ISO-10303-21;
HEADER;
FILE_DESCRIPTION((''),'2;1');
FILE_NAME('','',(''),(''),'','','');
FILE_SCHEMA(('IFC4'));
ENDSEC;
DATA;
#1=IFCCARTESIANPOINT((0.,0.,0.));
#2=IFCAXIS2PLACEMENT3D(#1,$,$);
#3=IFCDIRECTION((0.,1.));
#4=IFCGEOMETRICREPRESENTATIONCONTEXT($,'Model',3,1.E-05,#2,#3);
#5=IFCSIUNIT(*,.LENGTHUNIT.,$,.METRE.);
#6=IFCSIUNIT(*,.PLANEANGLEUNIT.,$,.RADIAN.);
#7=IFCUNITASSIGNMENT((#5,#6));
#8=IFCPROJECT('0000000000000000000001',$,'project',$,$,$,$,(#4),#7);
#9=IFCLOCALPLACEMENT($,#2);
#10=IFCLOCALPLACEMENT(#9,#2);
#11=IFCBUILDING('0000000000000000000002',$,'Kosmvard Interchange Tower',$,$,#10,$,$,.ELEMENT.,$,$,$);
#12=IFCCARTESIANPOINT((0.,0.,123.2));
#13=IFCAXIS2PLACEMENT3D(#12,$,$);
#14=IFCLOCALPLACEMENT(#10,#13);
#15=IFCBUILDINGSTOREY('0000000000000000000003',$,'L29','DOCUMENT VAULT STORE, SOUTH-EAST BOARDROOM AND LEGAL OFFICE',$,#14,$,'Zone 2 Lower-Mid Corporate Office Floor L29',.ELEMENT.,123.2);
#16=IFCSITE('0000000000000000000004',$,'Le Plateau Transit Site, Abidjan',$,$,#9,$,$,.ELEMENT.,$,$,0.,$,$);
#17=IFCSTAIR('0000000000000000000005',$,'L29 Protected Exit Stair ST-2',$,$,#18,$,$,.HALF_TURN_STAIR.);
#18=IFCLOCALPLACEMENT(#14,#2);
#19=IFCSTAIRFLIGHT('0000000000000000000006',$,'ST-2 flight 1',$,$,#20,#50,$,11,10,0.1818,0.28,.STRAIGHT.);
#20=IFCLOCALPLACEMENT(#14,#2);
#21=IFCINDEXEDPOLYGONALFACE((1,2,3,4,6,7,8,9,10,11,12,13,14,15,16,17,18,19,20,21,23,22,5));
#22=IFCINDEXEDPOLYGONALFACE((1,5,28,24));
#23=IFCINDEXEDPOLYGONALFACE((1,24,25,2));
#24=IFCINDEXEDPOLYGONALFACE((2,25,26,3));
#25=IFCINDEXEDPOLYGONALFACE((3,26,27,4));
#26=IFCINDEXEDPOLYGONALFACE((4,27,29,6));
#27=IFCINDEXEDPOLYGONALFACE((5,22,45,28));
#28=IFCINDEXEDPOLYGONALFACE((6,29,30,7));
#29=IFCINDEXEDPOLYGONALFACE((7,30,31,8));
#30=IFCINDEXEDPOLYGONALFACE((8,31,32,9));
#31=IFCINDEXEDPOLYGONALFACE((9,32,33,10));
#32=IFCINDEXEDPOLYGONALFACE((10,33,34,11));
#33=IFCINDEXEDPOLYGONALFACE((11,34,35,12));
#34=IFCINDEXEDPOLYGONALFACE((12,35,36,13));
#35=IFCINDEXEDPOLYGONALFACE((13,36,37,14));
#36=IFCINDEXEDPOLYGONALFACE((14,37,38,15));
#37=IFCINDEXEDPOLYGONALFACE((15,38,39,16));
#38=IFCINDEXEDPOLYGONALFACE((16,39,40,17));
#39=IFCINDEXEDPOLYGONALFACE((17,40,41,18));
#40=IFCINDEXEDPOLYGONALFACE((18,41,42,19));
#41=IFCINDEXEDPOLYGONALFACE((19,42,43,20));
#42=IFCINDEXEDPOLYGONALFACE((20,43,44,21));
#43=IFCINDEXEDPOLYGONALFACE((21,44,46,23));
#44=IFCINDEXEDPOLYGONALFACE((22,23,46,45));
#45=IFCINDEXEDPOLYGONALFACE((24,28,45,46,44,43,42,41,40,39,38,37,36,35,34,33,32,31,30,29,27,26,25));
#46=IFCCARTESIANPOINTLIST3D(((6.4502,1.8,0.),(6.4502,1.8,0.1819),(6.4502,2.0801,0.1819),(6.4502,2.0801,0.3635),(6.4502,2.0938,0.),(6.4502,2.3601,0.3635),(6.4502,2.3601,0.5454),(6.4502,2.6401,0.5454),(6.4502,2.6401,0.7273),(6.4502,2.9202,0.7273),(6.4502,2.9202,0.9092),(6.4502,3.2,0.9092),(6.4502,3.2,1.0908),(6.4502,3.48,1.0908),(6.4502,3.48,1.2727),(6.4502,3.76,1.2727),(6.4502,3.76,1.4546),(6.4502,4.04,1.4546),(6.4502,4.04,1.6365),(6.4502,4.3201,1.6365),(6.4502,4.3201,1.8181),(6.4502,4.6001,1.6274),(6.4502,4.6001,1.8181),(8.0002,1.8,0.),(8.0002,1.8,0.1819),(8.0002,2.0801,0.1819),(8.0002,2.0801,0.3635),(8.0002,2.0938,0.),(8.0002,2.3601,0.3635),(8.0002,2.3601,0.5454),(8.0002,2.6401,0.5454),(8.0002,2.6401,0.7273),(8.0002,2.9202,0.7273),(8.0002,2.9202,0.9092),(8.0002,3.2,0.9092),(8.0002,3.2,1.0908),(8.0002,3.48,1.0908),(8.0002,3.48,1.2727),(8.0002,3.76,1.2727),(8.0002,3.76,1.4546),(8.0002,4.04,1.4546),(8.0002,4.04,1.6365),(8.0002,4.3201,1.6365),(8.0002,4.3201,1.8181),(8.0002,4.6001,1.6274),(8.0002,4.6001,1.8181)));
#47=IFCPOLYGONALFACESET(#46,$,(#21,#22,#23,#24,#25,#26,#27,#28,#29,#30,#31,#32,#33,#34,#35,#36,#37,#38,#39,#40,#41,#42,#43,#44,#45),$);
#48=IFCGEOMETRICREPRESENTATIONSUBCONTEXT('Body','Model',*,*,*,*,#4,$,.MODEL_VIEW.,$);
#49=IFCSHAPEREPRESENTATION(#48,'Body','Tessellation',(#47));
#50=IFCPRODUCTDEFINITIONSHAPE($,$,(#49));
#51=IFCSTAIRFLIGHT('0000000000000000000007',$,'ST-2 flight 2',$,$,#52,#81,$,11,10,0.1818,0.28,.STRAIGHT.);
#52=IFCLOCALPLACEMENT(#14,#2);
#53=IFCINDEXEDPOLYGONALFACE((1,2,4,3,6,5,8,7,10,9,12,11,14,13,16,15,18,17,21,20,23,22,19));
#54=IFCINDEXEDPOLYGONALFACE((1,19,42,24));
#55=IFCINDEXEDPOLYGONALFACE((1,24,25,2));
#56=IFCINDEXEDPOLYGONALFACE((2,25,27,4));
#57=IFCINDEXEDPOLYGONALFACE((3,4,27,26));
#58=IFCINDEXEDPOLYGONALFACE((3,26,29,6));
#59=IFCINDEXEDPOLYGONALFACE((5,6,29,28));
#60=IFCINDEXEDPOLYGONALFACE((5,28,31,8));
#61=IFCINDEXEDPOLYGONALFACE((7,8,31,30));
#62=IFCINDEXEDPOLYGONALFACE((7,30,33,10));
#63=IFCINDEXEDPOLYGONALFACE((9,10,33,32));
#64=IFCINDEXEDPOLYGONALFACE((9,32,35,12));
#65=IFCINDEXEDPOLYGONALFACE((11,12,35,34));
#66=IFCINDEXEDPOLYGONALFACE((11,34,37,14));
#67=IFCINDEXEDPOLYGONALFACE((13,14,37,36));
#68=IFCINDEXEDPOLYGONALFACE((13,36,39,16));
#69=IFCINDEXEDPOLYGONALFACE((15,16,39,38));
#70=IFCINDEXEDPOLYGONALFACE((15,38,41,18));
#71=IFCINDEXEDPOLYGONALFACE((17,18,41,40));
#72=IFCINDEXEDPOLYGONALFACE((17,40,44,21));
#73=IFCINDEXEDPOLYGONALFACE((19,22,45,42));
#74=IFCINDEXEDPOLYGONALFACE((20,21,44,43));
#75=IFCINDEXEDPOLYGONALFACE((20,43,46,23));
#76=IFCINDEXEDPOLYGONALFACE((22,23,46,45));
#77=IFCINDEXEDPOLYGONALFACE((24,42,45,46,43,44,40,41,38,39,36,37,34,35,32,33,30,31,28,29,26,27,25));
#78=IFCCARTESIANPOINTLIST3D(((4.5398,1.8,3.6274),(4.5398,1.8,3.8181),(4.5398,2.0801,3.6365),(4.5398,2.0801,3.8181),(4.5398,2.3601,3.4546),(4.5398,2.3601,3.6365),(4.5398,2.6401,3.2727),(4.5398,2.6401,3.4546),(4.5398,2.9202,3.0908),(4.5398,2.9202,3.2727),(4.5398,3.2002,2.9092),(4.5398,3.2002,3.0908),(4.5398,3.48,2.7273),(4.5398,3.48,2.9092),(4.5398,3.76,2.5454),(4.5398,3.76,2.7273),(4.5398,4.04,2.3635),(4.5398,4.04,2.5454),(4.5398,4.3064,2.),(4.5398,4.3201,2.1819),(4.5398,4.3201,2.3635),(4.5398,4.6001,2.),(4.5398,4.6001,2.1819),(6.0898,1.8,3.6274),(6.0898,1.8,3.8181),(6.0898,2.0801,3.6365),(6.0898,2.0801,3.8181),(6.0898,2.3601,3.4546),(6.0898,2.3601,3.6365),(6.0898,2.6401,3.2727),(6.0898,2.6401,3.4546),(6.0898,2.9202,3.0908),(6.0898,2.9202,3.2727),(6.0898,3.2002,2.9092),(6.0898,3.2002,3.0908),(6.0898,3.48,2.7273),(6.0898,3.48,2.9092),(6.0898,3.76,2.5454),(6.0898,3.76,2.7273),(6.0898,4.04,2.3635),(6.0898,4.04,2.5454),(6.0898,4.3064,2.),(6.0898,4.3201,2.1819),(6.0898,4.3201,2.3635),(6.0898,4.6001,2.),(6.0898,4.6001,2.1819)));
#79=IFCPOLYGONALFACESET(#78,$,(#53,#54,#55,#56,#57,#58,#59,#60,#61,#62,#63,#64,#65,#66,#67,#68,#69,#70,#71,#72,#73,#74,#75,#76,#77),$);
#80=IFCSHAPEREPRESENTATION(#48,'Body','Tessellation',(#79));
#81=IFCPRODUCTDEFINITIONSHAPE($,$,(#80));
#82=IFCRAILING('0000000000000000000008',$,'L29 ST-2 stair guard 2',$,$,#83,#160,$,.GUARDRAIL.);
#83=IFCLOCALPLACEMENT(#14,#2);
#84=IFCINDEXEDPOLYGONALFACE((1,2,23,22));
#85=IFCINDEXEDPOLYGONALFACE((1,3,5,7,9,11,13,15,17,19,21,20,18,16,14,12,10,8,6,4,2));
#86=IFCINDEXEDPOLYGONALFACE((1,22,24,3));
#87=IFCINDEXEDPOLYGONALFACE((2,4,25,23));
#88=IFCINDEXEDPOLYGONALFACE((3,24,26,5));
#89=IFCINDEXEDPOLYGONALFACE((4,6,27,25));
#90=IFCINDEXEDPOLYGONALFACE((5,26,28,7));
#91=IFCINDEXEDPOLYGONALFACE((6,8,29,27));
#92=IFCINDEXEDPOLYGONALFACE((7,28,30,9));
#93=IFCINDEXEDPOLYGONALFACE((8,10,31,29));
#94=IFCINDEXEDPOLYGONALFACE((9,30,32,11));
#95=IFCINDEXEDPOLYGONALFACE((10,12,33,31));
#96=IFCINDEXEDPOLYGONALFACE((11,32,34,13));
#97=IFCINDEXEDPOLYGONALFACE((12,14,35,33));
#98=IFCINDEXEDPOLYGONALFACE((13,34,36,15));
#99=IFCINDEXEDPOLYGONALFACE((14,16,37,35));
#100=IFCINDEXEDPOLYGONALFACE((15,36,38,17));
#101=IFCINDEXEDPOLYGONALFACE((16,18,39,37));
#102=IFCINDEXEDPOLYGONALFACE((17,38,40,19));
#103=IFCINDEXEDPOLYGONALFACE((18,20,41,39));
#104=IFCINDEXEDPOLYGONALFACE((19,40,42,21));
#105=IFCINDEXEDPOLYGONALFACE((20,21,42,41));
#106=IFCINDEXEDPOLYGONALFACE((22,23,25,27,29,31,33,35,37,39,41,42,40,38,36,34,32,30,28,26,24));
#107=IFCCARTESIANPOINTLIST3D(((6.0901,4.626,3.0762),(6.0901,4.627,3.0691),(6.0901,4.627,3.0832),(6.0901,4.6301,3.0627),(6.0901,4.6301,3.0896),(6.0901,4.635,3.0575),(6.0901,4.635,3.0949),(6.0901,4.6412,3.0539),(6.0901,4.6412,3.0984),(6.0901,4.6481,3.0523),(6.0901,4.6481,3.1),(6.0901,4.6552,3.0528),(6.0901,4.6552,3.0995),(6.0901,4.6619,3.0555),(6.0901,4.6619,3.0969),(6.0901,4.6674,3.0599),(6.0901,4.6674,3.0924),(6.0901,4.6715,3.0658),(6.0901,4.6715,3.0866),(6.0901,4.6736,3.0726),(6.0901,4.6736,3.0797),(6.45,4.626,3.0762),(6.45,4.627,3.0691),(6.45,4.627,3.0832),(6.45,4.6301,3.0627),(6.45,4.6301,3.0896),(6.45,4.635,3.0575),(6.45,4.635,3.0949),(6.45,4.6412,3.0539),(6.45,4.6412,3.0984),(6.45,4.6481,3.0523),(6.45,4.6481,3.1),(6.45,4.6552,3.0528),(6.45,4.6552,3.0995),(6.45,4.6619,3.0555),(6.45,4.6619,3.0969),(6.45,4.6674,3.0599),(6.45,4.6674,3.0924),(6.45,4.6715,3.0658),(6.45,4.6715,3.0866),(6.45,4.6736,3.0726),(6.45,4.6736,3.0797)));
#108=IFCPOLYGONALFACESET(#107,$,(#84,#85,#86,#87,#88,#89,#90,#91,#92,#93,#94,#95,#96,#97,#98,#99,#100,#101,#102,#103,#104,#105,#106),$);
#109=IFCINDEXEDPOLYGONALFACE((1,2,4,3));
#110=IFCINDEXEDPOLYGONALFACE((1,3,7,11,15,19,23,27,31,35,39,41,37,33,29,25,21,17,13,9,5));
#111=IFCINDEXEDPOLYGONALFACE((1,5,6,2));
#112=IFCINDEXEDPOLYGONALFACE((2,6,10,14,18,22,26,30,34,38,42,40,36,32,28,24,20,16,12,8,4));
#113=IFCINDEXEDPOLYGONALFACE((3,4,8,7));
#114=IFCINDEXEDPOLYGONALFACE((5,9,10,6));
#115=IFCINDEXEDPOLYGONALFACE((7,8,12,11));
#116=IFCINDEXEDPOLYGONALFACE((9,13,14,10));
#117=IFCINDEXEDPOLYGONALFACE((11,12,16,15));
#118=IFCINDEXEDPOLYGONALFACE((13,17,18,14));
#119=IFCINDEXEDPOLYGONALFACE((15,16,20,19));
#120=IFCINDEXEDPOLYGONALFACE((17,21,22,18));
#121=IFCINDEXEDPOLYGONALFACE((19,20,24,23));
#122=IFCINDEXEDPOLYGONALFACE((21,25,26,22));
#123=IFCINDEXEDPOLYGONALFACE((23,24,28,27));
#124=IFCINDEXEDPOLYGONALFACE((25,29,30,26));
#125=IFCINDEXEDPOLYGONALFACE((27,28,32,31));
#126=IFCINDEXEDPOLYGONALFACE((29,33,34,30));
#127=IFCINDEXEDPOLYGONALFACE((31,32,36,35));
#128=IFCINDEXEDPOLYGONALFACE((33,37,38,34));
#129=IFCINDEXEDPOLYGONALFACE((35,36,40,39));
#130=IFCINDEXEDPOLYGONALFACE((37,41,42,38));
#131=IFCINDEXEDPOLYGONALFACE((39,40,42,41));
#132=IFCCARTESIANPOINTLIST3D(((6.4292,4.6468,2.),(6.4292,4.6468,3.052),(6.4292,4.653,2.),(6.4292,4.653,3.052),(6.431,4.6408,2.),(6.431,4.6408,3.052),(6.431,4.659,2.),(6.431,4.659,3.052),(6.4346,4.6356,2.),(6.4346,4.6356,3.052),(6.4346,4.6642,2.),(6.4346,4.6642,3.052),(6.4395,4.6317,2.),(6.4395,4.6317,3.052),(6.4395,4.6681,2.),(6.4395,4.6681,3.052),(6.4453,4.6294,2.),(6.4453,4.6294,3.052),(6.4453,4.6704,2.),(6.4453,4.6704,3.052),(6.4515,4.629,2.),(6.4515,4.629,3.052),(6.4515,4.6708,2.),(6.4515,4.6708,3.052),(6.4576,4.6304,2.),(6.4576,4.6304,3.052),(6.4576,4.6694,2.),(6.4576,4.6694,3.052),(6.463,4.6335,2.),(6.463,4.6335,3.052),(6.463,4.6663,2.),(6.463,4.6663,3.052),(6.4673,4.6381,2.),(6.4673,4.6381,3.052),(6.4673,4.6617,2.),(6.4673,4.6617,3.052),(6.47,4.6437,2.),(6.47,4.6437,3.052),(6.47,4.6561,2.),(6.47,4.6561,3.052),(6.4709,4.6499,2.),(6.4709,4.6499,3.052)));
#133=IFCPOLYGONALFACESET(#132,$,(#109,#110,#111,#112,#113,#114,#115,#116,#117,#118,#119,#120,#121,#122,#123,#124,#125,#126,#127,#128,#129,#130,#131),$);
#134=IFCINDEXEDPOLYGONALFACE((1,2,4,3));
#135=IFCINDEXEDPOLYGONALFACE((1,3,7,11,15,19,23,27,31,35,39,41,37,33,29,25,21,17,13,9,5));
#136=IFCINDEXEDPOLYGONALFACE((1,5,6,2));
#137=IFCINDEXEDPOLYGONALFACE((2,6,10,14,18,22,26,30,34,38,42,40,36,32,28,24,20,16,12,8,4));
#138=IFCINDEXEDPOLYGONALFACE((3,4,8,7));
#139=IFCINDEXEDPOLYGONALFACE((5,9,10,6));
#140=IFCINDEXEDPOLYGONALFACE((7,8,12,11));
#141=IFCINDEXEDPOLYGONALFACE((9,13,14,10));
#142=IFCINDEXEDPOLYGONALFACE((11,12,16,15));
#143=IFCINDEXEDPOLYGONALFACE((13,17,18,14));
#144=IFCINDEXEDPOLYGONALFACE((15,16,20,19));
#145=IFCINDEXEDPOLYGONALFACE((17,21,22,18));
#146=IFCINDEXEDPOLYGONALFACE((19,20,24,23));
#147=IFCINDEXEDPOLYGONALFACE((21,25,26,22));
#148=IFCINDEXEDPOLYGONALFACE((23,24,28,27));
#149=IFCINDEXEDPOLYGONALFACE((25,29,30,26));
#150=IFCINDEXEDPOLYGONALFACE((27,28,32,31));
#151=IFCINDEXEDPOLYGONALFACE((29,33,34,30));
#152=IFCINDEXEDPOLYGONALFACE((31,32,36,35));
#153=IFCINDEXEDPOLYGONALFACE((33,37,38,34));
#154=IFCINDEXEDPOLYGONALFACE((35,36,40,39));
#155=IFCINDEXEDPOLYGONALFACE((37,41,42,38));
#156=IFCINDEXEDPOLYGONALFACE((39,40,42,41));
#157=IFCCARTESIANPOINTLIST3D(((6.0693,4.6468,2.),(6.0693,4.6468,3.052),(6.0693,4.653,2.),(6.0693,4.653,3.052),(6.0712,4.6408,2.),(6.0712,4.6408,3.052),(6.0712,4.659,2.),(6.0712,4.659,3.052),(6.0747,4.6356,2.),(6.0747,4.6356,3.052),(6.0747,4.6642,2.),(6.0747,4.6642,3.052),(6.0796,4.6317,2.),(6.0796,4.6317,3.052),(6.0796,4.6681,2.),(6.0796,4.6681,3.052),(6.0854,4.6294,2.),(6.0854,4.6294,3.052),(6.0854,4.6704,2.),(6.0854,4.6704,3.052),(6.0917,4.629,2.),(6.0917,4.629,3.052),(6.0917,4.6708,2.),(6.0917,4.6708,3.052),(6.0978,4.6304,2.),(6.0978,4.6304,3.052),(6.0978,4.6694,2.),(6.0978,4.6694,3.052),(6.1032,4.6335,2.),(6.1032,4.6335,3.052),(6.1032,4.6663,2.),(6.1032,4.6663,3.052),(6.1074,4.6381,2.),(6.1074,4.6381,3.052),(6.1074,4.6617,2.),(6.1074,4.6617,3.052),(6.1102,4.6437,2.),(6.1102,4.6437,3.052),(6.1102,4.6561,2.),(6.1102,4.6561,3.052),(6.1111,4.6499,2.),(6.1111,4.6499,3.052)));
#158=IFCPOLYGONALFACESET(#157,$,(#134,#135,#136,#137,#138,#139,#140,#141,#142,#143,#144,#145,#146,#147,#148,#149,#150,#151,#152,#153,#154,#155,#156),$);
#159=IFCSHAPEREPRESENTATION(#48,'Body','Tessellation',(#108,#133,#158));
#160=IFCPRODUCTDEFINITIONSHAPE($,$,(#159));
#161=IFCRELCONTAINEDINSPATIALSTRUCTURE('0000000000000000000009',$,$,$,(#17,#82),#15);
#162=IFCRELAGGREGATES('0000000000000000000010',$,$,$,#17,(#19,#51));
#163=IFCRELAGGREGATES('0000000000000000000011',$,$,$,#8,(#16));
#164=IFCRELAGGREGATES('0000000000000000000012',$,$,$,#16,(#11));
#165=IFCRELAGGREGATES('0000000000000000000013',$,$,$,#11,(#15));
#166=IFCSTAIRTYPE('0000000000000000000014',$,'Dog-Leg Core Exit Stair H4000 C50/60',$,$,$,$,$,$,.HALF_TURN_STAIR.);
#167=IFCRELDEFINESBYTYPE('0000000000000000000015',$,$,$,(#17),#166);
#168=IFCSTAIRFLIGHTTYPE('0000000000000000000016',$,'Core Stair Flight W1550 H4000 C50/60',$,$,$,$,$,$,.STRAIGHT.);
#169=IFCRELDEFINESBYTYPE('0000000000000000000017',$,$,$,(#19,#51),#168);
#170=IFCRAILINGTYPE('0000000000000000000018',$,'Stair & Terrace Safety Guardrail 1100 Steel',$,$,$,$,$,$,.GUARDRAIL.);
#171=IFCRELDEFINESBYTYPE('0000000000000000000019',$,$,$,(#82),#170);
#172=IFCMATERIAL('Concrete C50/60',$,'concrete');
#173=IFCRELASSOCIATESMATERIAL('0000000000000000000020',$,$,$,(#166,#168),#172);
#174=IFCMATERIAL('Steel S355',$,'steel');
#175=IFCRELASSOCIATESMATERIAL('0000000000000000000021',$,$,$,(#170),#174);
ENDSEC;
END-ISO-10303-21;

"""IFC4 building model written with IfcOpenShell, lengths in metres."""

from ifc_helpers import new_model, si_unit, direction, frame, origin, origin_2d, place, context, subcontext, project, spatial, polyline, circle, outline, extrude, source, transform, mapped, material, type_object, element, aggregate, save


model = new_model("IFC4")

# Units and contexts
model_context = context("Model", 3, precision=1e-05, world=origin(), true_north=direction((0.0, 1.0)))
body_context = subcontext(model_context, "Body", "Model", "MODEL_VIEW")
ifc_project = project(units=[si_unit("LENGTHUNIT", "METRE"), si_unit("PLANEANGLEUNIT", "RADIAN")], contexts=[model_context])

# Site, building, storey
site_placement = place(None, origin())
site = spatial("IfcSite", under=ifc_project, at=site_placement, Name="Le Plateau Transit Site, Abidjan", CompositionType="ELEMENT", RefElevation=0.0)
building_placement = place(site_placement, origin())
building = spatial("IfcBuilding", under=site, at=building_placement, Name="Kosmvard Interchange Tower", CompositionType="ELEMENT")
storey_placement = place(building_placement, frame((0.0, 0.0, 123.2)))
storey = spatial("IfcBuildingStorey", under=building, at=storey_placement, Name="L29", Description="DOCUMENT VAULT STORE, SOUTH-EAST BOARDROOM AND LEGAL OFFICE", LongName="Zone 2 Lower-Mid Corporate Office Floor L29", CompositionType="ELEMENT", Elevation=123.2)

# Shared definitions
ifc_material_1 = material(Name="Steel S355", Category="steel")

# Stair
ifc_material_2 = material(Name="Concrete C50/60", Category="concrete")
stair_type = type_object("IfcStairType", Name="Dog-Leg Core Exit Stair H4000 C50/60", PredefinedType="HALF_TURN_STAIR", material=ifc_material_2)
stair_1_placement = place(storey_placement, origin())
stair_1 = element("IfcStair", 1, at=stair_1_placement, inside=storey, type_object=stair_type, Name="L29 Protected Exit Stair ST-2", PredefinedType="HALF_TURN_STAIR")

# Stair flights
stair_flight_type = type_object("IfcStairFlightType", Name="Core Stair Flight W1550 H4000 C50/60", PredefinedType="STRAIGHT", material=ifc_material_2)
shared_shape_1 = source(origin(), body_context, "Body", "SweptSolid", [
    extrude(outline(polyline([(0.0, 0.0), (0.0, 0.1819), (0.28, 0.1819), (0.28, 0.3635), (0.5601, 0.3635), (0.5601, 0.5454), (0.8401, 0.5454), (0.8401, 0.7273), (1.1201, 0.7273), (1.1201, 0.9092), (1.3999, 0.9092), (1.3999, 1.0908), (1.6799, 1.0908), (1.6799, 1.2727), (1.96, 1.2727), (1.96, 1.4546), (2.24, 1.4546), (2.24, 1.6365), (2.52, 1.6365), (2.52, 1.8181), (2.8, 1.8181), (2.8, 2.0), (2.8, 1.6274), (0.2937, 0.0), (0.0, 0.0)])), frame((0.0, 0.7749, 0.0), z_axis=(0.0, -1.0, 0.0), x_axis=(1.0, 0.0, 0.0)), (0.0, 0.0, 1.0), 1.55),
])
stair_flight_1_placement = place(storey_placement, frame((7.2251, 1.8, 0.0), z_axis=(0.0, 0.0, 1.0), x_axis=(0.0, 1.0, 0.0)))
stair_flight_1 = element("IfcStairFlight", 2, at=stair_flight_1_placement, type_object=stair_flight_type, Name="ST-2 flight 1", NumberOfRisers=11, NumberOfTreads=10, PredefinedType="STRAIGHT", RiserHeight=0.1818, TreadLength=0.28, context=body_context, shape_type="MappedRepresentation", body=[
    mapped(shared_shape_1, transform((0.0, 0.0, 0.0), scale=1.0)),
])
stair_flight_2_placement = place(storey_placement, frame((5.3149, 4.6001, 2.0), z_axis=(0.0, 0.0, 1.0), x_axis=(0.0, -1.0, 0.0)))
stair_flight_2 = element("IfcStairFlight", 3, at=stair_flight_2_placement, type_object=stair_flight_type, Name="ST-2 flight 2", NumberOfRisers=11, NumberOfTreads=10, PredefinedType="STRAIGHT", RiserHeight=0.1818, TreadLength=0.28, context=body_context, shape_type="MappedRepresentation", body=[
    mapped(shared_shape_1, transform((0.0, 0.0, 0.0), scale=1.0)),
])
aggregate(stair_1, [stair_flight_1, stair_flight_2])

# Railing
railing_type_1 = type_object("IfcRailingType", Name="Stair & Terrace Safety Guardrail 1100 Steel", PredefinedType="GUARDRAIL", material=ifc_material_1)
shared_shape_2 = source(origin(), body_context, "Body", "SweptSolid", [
    extrude(circle(Radius=0.0239, at=origin_2d()), frame((0.0, 0.0, 1.0762), z_axis=(-1.0, 0.0, 0.0), x_axis=(0.0, -1.0, 0.0)), (0.0, 0.0, 1.0), 0.3599),
    extrude(circle(Radius=0.021, at=origin_2d()), origin(), (0.0, 0.0, 1.0), 1.052),
    extrude(circle(Radius=0.021, at=origin_2d()), frame((-0.3599, 0.0, 0.0)), (0.0, 0.0, 1.0), 1.052),
])
for number, where, name in (
    (4, (6.45, 4.6499, 2.0), "L29 ST-2 stair guard 2"),
):
    element("IfcRailing", number, at=place(storey_placement, frame(where)), inside=storey, type_object=railing_type_1, Name=name, PredefinedType="GUARDRAIL", context=body_context, shape_type="MappedRepresentation", body=[
        mapped(shared_shape_2, transform((0.0, 0.0, 0.0), scale=1.0)),
    ])

save(model, "model.ifc")
